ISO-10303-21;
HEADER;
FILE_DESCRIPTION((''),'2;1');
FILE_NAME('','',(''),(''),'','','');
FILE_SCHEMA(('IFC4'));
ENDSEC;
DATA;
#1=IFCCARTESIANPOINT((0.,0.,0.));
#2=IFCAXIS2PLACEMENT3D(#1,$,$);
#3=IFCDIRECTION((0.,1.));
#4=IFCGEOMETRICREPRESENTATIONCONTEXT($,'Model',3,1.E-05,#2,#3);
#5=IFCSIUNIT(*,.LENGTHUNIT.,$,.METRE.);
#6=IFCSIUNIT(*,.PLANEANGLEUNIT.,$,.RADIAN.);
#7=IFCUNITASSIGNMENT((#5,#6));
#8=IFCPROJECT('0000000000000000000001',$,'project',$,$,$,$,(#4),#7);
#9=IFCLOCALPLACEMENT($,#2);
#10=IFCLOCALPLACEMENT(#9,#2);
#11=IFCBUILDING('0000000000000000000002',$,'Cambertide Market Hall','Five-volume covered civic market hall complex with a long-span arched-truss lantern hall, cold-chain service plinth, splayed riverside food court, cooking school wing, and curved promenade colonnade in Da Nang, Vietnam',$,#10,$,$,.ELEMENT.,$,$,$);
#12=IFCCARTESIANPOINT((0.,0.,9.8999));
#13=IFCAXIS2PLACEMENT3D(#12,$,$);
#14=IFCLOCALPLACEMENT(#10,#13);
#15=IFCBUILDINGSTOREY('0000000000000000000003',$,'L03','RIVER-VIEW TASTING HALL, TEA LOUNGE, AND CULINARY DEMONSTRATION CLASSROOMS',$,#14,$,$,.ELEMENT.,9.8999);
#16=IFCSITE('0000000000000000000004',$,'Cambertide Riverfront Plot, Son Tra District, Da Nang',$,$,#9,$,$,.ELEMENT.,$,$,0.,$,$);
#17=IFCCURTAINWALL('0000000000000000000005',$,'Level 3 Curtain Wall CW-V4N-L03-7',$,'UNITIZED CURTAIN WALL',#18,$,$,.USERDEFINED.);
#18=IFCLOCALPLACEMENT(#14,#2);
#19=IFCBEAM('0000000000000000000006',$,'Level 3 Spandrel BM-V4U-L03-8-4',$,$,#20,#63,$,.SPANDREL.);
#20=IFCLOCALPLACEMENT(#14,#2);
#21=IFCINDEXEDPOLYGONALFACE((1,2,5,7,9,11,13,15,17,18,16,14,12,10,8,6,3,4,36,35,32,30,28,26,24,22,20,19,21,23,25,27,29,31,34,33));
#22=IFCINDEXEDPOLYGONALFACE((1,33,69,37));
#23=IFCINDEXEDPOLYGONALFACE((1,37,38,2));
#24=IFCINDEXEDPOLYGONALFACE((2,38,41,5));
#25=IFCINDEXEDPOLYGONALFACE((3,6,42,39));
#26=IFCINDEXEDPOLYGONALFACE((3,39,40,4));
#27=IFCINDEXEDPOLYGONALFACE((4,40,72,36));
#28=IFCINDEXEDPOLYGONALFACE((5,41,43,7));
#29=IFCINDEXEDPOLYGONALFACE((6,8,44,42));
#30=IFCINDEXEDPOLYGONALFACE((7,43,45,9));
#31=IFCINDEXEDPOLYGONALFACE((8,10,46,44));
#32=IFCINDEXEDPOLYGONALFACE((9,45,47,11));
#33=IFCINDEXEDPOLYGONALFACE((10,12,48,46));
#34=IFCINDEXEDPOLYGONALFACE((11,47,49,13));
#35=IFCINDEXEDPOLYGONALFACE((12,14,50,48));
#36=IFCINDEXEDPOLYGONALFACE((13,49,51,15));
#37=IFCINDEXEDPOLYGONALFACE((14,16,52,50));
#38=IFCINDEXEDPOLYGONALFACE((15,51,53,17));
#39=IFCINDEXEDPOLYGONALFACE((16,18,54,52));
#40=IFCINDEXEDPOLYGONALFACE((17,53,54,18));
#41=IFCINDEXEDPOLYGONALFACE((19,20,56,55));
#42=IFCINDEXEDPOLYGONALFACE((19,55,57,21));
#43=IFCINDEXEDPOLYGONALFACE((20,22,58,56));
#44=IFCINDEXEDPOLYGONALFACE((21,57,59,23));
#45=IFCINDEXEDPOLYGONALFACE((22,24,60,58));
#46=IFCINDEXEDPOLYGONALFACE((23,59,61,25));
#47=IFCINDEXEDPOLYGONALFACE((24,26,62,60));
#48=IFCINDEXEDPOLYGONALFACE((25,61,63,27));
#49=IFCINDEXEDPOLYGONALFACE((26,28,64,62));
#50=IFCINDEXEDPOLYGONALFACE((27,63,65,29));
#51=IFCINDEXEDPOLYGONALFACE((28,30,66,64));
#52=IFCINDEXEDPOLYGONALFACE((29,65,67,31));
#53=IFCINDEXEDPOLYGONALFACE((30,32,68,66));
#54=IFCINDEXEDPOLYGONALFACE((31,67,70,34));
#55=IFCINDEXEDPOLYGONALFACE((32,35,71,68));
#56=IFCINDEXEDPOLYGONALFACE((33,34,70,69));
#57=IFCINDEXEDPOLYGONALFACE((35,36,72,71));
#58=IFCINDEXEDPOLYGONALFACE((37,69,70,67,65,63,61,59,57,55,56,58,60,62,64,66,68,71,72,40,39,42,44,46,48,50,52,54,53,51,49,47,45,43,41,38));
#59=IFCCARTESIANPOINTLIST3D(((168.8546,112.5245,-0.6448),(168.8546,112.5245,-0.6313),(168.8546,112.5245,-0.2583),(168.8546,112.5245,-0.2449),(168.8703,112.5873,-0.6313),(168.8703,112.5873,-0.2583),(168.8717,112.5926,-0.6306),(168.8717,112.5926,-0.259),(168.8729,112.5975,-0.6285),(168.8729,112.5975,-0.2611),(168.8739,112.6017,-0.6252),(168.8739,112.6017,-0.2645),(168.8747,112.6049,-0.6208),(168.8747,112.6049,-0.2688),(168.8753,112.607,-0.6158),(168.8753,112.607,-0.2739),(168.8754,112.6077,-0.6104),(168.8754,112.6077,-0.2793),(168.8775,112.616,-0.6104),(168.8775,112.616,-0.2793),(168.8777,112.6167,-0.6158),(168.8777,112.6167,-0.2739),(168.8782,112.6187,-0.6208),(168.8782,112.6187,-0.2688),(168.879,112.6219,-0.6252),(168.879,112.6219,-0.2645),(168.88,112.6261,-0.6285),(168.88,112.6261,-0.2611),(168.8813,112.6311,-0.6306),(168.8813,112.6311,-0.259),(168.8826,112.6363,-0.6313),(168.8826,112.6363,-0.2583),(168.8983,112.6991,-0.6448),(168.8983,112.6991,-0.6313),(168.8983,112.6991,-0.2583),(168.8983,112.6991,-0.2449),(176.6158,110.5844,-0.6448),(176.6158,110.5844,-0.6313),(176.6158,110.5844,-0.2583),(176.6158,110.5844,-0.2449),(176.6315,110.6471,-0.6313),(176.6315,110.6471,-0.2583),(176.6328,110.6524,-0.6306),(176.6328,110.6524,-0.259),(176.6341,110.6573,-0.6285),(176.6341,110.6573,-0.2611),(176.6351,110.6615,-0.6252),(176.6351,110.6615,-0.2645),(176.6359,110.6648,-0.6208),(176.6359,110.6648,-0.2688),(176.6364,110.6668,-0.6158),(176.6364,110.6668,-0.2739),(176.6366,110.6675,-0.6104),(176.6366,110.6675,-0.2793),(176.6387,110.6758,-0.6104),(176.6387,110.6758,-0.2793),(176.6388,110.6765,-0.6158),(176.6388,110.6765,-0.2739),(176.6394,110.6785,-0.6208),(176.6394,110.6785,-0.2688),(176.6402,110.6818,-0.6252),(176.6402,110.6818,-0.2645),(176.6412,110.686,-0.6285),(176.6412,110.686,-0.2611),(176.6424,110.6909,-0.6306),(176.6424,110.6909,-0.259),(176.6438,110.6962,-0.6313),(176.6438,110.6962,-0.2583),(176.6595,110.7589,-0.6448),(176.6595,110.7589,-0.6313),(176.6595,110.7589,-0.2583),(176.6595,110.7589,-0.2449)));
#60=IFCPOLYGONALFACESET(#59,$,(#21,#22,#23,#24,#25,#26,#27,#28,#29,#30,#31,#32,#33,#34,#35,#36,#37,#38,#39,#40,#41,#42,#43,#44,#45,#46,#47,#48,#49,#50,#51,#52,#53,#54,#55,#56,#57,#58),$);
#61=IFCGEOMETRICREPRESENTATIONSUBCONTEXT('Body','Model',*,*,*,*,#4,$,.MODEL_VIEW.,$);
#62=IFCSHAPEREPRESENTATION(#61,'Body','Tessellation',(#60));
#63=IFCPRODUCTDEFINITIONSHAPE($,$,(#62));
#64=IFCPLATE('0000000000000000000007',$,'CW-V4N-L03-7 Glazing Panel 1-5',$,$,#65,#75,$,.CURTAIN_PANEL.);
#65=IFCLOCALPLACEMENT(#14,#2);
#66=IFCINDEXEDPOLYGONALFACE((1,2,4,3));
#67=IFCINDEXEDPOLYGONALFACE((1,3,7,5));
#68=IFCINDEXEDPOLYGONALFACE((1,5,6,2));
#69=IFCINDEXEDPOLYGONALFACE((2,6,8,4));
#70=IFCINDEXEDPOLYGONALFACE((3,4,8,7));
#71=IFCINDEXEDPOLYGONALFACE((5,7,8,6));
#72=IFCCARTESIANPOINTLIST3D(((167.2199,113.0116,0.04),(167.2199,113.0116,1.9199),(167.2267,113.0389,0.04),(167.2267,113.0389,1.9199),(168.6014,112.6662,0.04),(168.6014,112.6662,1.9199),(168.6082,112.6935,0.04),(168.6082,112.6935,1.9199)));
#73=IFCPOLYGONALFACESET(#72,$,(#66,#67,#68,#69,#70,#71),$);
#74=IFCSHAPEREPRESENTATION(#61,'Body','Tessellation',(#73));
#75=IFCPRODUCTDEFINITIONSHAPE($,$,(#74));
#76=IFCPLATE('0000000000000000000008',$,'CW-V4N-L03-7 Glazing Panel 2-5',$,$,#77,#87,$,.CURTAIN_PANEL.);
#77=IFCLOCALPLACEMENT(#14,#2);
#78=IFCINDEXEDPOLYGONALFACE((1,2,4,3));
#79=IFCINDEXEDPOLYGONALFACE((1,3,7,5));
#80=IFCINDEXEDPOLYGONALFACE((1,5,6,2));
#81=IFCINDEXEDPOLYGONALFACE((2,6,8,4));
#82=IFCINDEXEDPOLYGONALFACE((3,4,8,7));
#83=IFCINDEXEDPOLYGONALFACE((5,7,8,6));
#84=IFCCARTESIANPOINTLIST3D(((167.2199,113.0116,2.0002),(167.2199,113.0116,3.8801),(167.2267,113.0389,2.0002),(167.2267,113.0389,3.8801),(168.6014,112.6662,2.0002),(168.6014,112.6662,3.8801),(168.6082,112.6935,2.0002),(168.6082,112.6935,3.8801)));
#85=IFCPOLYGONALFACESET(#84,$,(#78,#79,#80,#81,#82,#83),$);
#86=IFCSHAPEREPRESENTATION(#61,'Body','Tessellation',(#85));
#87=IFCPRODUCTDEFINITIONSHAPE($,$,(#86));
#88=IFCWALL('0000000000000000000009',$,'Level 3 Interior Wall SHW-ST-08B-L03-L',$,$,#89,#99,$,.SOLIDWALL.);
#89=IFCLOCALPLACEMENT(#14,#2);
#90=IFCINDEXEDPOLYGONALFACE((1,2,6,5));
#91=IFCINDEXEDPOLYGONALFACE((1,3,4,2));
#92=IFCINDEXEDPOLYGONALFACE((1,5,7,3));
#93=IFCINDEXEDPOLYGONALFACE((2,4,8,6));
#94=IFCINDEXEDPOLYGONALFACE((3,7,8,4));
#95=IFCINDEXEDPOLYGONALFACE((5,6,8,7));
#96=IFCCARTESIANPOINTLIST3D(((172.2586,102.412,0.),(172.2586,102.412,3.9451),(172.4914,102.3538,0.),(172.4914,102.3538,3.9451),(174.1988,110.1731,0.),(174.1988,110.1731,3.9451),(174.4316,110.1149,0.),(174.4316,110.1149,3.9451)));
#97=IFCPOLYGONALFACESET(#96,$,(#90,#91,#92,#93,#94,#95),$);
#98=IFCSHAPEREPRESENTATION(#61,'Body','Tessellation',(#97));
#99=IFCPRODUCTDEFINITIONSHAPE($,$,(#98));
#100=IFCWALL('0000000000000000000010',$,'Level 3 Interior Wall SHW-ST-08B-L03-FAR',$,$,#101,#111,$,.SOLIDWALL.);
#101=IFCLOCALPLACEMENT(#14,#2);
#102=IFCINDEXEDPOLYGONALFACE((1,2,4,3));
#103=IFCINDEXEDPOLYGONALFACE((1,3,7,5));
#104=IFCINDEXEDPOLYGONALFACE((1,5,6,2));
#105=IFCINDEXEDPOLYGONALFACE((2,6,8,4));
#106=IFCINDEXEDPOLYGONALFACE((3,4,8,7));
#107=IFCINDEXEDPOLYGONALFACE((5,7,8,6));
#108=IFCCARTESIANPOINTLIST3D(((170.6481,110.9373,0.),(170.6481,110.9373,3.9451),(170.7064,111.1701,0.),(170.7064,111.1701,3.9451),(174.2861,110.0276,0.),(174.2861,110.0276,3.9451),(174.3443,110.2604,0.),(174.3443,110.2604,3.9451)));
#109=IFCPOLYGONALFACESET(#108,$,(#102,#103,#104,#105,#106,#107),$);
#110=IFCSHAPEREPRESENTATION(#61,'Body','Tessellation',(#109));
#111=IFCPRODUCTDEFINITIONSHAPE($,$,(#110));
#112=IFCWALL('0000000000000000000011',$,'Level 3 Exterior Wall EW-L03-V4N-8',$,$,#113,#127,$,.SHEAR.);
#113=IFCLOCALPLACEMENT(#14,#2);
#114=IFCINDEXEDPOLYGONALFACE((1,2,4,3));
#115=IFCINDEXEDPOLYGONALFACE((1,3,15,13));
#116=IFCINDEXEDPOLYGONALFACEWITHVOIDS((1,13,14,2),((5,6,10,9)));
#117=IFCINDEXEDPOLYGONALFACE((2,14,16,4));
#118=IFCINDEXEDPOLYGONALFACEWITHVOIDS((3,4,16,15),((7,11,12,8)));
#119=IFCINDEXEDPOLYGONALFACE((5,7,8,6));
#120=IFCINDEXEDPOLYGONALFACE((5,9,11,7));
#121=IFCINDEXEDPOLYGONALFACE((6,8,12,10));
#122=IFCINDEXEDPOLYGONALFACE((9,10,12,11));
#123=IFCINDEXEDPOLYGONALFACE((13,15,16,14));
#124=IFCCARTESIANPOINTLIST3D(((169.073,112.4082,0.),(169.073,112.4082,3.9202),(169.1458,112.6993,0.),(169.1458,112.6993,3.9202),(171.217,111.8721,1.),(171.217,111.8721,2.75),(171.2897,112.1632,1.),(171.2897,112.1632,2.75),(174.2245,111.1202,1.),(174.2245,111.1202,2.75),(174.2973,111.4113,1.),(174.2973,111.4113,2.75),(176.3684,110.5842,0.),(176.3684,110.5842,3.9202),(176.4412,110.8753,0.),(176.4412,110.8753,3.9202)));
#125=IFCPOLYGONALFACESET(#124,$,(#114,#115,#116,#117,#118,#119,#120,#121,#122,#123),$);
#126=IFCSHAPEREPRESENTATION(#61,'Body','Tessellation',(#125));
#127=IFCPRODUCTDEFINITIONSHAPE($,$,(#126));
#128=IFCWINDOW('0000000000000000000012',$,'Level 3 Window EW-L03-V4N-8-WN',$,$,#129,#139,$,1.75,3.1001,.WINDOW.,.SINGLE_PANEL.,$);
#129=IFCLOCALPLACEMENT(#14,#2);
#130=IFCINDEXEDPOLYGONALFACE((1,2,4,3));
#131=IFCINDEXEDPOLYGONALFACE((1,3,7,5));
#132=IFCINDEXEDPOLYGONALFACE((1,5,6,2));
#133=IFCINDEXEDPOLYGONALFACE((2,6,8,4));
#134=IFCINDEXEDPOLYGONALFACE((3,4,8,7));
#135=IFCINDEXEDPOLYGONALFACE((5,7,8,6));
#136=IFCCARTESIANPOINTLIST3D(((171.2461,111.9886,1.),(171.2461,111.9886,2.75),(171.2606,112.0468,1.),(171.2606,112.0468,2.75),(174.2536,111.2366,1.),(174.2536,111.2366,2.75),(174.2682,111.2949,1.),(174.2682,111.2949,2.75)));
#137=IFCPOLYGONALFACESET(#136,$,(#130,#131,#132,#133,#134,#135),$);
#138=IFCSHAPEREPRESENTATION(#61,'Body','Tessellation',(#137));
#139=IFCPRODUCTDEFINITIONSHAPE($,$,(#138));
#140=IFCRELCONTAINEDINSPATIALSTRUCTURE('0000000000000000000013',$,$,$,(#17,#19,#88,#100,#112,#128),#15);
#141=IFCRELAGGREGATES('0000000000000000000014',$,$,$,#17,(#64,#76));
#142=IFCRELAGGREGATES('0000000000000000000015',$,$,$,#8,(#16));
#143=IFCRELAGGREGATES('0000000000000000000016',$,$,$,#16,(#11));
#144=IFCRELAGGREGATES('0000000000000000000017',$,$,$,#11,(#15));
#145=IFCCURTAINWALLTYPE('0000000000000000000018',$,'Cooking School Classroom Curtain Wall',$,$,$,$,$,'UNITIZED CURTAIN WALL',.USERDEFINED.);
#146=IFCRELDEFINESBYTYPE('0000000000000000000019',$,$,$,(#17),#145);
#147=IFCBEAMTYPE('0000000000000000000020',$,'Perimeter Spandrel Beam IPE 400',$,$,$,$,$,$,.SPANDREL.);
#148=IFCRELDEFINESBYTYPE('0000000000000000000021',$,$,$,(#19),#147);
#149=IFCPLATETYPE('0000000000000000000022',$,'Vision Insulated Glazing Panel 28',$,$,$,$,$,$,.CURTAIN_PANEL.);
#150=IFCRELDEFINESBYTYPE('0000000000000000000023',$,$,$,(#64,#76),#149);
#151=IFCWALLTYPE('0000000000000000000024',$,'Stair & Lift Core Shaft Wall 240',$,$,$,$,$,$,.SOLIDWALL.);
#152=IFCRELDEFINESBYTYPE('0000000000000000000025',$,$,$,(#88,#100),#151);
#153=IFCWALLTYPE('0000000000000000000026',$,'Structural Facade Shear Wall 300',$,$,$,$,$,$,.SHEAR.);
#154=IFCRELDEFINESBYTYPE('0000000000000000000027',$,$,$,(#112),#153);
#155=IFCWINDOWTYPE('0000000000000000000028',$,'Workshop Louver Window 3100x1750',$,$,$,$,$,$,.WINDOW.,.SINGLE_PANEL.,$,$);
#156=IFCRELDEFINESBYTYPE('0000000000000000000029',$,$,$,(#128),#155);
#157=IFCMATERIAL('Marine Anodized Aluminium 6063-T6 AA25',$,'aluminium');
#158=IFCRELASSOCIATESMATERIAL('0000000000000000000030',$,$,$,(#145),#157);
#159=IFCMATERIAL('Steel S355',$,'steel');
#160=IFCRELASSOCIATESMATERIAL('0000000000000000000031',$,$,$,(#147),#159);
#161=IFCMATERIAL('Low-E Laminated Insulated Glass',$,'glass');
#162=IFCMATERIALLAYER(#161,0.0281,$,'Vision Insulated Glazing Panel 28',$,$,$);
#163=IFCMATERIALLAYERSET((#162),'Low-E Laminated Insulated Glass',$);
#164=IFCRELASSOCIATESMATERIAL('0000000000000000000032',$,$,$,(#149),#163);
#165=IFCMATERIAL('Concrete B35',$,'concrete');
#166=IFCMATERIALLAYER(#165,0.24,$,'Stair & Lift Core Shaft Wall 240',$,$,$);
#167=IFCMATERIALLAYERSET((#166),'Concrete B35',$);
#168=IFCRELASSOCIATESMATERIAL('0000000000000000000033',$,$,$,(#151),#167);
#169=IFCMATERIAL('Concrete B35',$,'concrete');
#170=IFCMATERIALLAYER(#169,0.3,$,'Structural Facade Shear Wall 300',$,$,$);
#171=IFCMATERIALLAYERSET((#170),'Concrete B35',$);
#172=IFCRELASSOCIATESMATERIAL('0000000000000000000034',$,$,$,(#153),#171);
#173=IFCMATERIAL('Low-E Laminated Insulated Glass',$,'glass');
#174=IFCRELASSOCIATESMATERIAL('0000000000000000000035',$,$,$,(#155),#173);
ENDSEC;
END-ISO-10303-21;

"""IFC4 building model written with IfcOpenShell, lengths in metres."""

from ifc_helpers import new_model, si_unit, direction, frame, frame_2d, origin, origin_2d, place, context, subcontext, project, spatial, rectangle, i_section, extrude, material, layer, layer_set, material_profile, profile_set, type_object, element, fill, aggregate, save


model = new_model("IFC4")

# Units and contexts
model_context = context("Model", 3, precision=1e-05, world=origin(), true_north=direction((0.0, 1.0)))
body_context = subcontext(model_context, "Body", "Model", "MODEL_VIEW")
ifc_project = project(units=[si_unit("LENGTHUNIT", "METRE"), si_unit("PLANEANGLEUNIT", "RADIAN")], contexts=[model_context])

# Site, building, storey
site_placement = place(None, origin())
site = spatial("IfcSite", under=ifc_project, at=site_placement, Name="Cambertide Riverfront Plot, Son Tra District, Da Nang", CompositionType="ELEMENT", RefElevation=0.0)
building_placement = place(site_placement, origin())
building = spatial("IfcBuilding", under=site, at=building_placement, Name="Cambertide Market Hall", Description="Five-volume covered civic market hall complex with a long-span arched-truss lantern hall, cold-chain service plinth, splayed riverside food court, cooking school wing, and curved promenade colonnade in Da Nang, Vietnam", CompositionType="ELEMENT")
storey_placement = place(building_placement, frame((0.0, 0.0, 9.8999)))
storey = spatial("IfcBuildingStorey", under=building, at=storey_placement, Name="L03", Description="RIVER-VIEW TASTING HALL, TEA LOUNGE, AND CULINARY DEMONSTRATION CLASSROOMS", CompositionType="ELEMENT", Elevation=9.8999)

# Curtain wall
ifc_material_1 = material(Name="Marine Anodized Aluminium 6063-T6 AA25", Category="aluminium")
curtain_wall_type = type_object("IfcCurtainWallType", Name="Cooking School Classroom Curtain Wall", ElementType="UNITIZED CURTAIN WALL", PredefinedType="USERDEFINED", material=ifc_material_1)
curtain_wall_1_placement = place(storey_placement, origin())
curtain_wall_1 = element("IfcCurtainWall", 1, at=curtain_wall_1_placement, inside=storey, type_object=curtain_wall_type, Name="Level 3 Curtain Wall CW-V4N-L03-7", ObjectType="UNITIZED CURTAIN WALL", PredefinedType="USERDEFINED")

# Beam
ifc_material_2 = material(Name="Steel S355", Category="steel")
ifc_material_profile_1 = material_profile(ifc_material_2, i_section(OverallWidth=0.1799, OverallDepth=0.3999, WebThickness=0.0085, FlangeThickness=0.0134, FilletRadius=0.021, at=origin_2d()), Name="IPE 400")
ifc_profile_set_1 = profile_set([ifc_material_profile_1], Name="Steel S355")
beam_type = type_object("IfcBeamType", Name="Perimeter Spandrel Beam IPE 400", PredefinedType="SPANDREL", material=ifc_profile_set_1)
beam_placement = place(storey_placement, frame((168.8765, 112.6118, -0.4448), z_axis=(0.970146, -0.242521, 0.0), x_axis=(0.242521, 0.970146, 0.0)))
element("IfcBeam", 2, at=beam_placement, inside=storey, type_object=beam_type, Name="Level 3 Spandrel BM-V4U-L03-8-4", PredefinedType="SPANDREL", context=body_context, shape_type="SweptSolid", body=[
    extrude(i_section(OverallWidth=0.1799, OverallDepth=0.3999, WebThickness=0.0085, FlangeThickness=0.0134, FilletRadius=0.021, at=origin_2d()), origin(), (0.0, 0.0, 1.0), 8.0),
])

# Plates
ifc_material_3 = material(Name="Low-E Laminated Insulated Glass", Category="glass")
ifc_layer_1 = layer(ifc_material_3, 0.0281, Name="Vision Insulated Glazing Panel 28")
ifc_layer_set_1 = layer_set([ifc_layer_1], Name="Low-E Laminated Insulated Glass")
plate_type = type_object("IfcPlateType", Name="Vision Insulated Glazing Panel 28", PredefinedType="CURTAIN_PANEL", material=ifc_layer_set_1)
plate_1_placement = place(storey_placement, frame((167.9141, 112.8525, 0.04), z_axis=(0.0, 0.0, 1.0), x_axis=(0.970143, -0.242536, 0.0)))
plate_1 = element("IfcPlate", 3, at=plate_1_placement, type_object=plate_type, Name="CW-V4N-L03-7 Glazing Panel 1-5", PredefinedType="CURTAIN_PANEL", context=body_context, shape_type="SweptSolid", body=[
    extrude(rectangle(XDim=1.4241, YDim=0.0281, at=origin_2d()), origin(), (0.0, 0.0, 1.0), 1.8799),
])
plate_2_placement = place(storey_placement, frame((167.9141, 112.8525, 2.0002), z_axis=(0.0, 0.0, 1.0), x_axis=(0.970143, -0.242536, 0.0)))
plate_2 = element("IfcPlate", 4, at=plate_2_placement, type_object=plate_type, Name="CW-V4N-L03-7 Glazing Panel 2-5", PredefinedType="CURTAIN_PANEL", context=body_context, shape_type="SweptSolid", body=[
    extrude(rectangle(XDim=1.4241, YDim=0.0281, at=origin_2d()), origin(), (0.0, 0.0, 1.0), 1.8799),
])
aggregate(curtain_wall_1, [plate_1, plate_2])

# Walls
ifc_material_4 = material(Name="Concrete B35", Category="concrete")
ifc_layer_2 = layer(ifc_material_4, 0.24, Name="Stair & Lift Core Shaft Wall 240")
ifc_layer_set_2 = layer_set([ifc_layer_2], Name="Concrete B35")
wall_type_1 = type_object("IfcWallType", Name="Stair & Lift Core Shaft Wall 240", PredefinedType="SOLIDWALL", material=ifc_layer_set_2)
wall_1_placement = place(storey_placement, frame((174.3152, 110.144, 0.0), z_axis=(0.0, 0.0, 1.0), x_axis=(-0.242521, -0.970146, 0.0)))
element("IfcWall", 5, at=wall_1_placement, inside=storey, type_object=wall_type_1, Name="Level 3 Interior Wall SHW-ST-08B-L03-L", PredefinedType="SOLIDWALL", context=body_context, shape_type="SweptSolid", body=[
    extrude(rectangle(XDim=8.0, YDim=0.24, at=frame_2d((4.0, 0.0))), origin(), (0.0, 0.0, 1.0), 3.9451),
])
wall_2_placement = place(storey_placement, frame((170.6772, 111.0537, 0.0), z_axis=(0.0, 0.0, 1.0), x_axis=(0.970131, -0.242582, 0.0)))
element("IfcWall", 6, at=wall_2_placement, inside=storey, type_object=wall_type_1, Name="Level 3 Interior Wall SHW-ST-08B-L03-FAR", PredefinedType="SOLIDWALL", context=body_context, shape_type="SweptSolid", body=[
    extrude(rectangle(XDim=3.75, YDim=0.24, at=frame_2d((1.875, 0.0))), origin(), (0.0, 0.0, 1.0), 3.9451),
])

# Wall, opening, window
ifc_material_5 = material(Name="Concrete B35", Category="concrete")
ifc_layer_3 = layer(ifc_material_5, 0.3, Name="Structural Facade Shear Wall 300")
ifc_layer_set_3 = layer_set([ifc_layer_3], Name="Concrete B35")
wall_type_2 = type_object("IfcWallType", Name="Structural Facade Shear Wall 300", PredefinedType="SHEAR", material=ifc_layer_set_3)
wall_3_placement = place(storey_placement, frame((169.1094, 112.5537, 0.0), z_axis=(0.0, 0.0, 1.0), x_axis=(0.970139, -0.242551, 0.0)))
wall_3 = element("IfcWall", 7, at=wall_3_placement, inside=storey, type_object=wall_type_2, Name="Level 3 Exterior Wall EW-L03-V4N-8", PredefinedType="SHEAR", context=body_context, shape_type="SweptSolid", body=[
    extrude(rectangle(XDim=7.52, YDim=0.3, at=frame_2d((3.76, 0.0))), origin(), (0.0, 0.0, 1.0), 3.9202),
])
opening_placement = place(wall_3_placement, frame((2.21, 0.0, 1.0)))
opening = element("IfcOpeningElement", 8, at=opening_placement, cuts=wall_3, PredefinedType="OPENING", context=body_context, shape_type="SweptSolid", body=[
    extrude(rectangle(XDim=3.1001, YDim=1.75, at=frame_2d((1.55, 0.875))), frame((0.0, 0.1599, 0.0), z_axis=(0.0, -1.0, 0.0), x_axis=(1.0, 0.0, 0.0)), (0.0, 0.0, 1.0), 0.3201),
])
ifc_material_6 = material(Name="Low-E Laminated Insulated Glass", Category="glass")
window_type = type_object("IfcWindowType", Name="Workshop Louver Window 3100x1750", PartitioningType="SINGLE_PANEL", PredefinedType="WINDOW", material=ifc_material_6)
window_placement = place(opening_placement, origin())
window = element("IfcWindow", 9, at=window_placement, inside=storey, type_object=window_type, Name="Level 3 Window EW-L03-V4N-8-WN", OverallHeight=1.75, OverallWidth=3.1001, PartitioningType="SINGLE_PANEL", PredefinedType="WINDOW", context=body_context, shape_type="SweptSolid", body=[
    extrude(rectangle(XDim=3.1001, YDim=1.75, at=frame_2d((1.55, 0.875))), frame((0.0, 0.03, 0.0), z_axis=(0.0, -1.0, 0.0), x_axis=(1.0, 0.0, 0.0)), (0.0, 0.0, 1.0), 0.0601),
])
fill(opening, window)

save(model, "model.ifc")
